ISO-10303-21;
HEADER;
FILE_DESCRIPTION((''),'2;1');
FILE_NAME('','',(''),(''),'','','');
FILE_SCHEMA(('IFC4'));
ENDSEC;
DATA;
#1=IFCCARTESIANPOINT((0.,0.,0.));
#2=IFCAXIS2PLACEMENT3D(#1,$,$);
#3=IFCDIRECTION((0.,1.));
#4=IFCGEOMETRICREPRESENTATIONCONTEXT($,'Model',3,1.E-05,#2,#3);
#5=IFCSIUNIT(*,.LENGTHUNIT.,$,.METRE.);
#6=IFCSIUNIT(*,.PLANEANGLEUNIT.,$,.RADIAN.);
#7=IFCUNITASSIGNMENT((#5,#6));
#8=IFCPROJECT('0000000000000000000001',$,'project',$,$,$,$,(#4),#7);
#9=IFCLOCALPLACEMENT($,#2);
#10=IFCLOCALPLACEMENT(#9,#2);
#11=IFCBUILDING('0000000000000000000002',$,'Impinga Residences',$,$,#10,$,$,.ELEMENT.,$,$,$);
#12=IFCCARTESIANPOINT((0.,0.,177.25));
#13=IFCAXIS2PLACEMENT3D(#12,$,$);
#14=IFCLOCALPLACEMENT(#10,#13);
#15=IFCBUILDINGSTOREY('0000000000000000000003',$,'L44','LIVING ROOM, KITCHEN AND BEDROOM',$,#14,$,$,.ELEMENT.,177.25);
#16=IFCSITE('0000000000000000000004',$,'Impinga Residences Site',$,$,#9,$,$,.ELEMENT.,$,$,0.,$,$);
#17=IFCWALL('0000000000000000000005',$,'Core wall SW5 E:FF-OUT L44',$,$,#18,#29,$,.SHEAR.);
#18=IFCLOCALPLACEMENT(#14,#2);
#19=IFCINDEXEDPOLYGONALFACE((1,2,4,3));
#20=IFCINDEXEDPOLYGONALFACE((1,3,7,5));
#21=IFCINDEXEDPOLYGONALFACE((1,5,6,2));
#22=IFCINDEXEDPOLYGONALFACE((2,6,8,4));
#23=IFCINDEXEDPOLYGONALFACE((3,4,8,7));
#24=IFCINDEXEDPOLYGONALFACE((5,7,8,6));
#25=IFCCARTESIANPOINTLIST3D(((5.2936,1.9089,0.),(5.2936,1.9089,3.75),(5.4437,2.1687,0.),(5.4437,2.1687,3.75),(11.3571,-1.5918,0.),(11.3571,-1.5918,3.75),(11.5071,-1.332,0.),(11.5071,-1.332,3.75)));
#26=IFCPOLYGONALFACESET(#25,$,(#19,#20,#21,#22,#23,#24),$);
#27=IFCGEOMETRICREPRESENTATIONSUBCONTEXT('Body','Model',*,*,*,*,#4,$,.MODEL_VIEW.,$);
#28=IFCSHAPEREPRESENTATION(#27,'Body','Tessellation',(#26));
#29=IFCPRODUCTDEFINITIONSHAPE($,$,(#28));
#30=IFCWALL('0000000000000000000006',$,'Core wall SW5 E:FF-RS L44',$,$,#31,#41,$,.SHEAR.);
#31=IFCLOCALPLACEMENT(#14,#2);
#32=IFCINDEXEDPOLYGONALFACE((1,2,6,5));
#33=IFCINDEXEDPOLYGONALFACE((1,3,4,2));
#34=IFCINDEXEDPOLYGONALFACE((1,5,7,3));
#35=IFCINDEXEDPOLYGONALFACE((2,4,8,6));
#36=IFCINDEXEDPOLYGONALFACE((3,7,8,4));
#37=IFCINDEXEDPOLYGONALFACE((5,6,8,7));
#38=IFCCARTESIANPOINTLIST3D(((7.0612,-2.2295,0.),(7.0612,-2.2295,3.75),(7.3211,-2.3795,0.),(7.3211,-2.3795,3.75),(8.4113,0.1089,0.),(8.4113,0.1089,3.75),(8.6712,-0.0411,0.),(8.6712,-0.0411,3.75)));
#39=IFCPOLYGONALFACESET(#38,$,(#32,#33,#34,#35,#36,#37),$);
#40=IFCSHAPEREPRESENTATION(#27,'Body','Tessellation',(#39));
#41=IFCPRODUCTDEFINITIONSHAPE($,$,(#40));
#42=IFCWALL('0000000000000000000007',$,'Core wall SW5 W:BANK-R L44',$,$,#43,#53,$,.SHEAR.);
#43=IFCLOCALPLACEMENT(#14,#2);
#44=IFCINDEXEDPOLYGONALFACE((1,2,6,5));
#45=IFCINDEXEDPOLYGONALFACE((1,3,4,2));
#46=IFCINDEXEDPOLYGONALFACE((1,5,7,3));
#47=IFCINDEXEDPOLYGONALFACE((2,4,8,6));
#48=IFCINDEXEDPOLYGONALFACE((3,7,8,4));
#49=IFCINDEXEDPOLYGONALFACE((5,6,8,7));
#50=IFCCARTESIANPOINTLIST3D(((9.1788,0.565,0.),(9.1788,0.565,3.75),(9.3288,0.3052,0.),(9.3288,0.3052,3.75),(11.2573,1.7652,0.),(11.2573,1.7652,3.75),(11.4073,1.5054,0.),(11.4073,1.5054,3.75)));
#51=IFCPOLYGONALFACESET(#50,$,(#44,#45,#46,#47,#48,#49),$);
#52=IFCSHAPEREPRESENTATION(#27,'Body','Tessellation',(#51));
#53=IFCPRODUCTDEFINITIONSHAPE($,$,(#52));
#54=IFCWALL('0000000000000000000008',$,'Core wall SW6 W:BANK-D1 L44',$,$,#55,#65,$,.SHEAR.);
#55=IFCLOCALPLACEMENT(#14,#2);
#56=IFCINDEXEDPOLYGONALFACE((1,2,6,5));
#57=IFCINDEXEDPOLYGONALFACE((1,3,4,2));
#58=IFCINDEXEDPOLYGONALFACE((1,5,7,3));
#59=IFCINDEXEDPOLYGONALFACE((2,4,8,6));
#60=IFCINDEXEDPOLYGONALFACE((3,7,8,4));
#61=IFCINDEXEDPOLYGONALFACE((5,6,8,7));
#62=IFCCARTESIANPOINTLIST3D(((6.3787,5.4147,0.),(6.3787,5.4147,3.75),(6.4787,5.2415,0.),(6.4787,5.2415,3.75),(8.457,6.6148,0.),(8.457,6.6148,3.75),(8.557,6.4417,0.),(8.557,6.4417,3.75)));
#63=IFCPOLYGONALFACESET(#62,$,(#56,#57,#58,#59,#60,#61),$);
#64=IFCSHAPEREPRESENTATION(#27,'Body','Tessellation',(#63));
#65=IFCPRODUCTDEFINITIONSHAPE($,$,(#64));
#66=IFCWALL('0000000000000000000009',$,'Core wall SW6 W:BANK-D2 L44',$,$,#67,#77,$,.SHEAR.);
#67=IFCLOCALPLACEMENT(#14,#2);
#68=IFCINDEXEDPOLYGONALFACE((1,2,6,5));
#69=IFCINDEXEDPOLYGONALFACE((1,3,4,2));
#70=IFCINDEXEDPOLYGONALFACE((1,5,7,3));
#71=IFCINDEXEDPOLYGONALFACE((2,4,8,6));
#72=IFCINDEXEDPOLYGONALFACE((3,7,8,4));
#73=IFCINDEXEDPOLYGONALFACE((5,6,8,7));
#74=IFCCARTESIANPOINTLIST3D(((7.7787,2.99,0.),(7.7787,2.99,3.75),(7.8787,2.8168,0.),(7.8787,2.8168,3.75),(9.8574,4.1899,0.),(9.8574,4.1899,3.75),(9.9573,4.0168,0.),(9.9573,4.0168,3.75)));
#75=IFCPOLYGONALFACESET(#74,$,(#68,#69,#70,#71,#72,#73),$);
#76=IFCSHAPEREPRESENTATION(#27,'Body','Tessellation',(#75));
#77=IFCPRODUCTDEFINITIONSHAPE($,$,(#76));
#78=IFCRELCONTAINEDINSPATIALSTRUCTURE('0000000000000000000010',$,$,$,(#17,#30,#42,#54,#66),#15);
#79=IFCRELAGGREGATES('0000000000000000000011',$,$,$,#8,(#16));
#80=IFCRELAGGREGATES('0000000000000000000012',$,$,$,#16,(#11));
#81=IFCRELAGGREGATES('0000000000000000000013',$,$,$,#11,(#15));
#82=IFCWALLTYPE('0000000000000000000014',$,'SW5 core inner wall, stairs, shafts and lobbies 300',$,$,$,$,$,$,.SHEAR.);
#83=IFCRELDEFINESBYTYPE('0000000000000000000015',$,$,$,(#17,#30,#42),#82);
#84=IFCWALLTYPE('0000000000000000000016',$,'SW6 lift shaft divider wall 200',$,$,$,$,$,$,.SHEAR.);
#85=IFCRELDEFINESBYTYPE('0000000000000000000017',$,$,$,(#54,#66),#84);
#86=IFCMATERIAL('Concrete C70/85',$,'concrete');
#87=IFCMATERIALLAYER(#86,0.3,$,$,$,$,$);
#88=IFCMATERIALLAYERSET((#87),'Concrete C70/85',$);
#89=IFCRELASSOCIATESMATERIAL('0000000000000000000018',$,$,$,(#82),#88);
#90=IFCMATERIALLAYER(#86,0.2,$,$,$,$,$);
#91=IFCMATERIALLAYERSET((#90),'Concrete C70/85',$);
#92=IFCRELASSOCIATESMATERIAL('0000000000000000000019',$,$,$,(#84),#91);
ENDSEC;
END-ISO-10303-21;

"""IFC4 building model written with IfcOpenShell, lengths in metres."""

from ifc_helpers import new_model, si_unit, direction, frame, frame_2d, origin, place, context, subcontext, project, spatial, rectangle, extrude, material, layer, layer_set, type_object, element, save


model = new_model("IFC4")

# Units and contexts
model_context = context("Model", 3, precision=1e-05, world=origin(), true_north=direction((0.0, 1.0)))
body_context = subcontext(model_context, "Body", "Model", "MODEL_VIEW")
ifc_project = project(units=[si_unit("LENGTHUNIT", "METRE"), si_unit("PLANEANGLEUNIT", "RADIAN")], contexts=[model_context])

# Site, building, storey
site_placement = place(None, origin())
site = spatial("IfcSite", under=ifc_project, at=site_placement, Name="Impinga Residences Site", CompositionType="ELEMENT", RefElevation=0.0)
building_placement = place(site_placement, origin())
building = spatial("IfcBuilding", under=site, at=building_placement, Name="Impinga Residences", CompositionType="ELEMENT")
storey_placement = place(building_placement, frame((0.0, 0.0, 177.25)))
storey = spatial("IfcBuildingStorey", under=building, at=storey_placement, Name="L44", Description="LIVING ROOM, KITCHEN AND BEDROOM", CompositionType="ELEMENT", Elevation=177.25)

# Shared definitions
ifc_material_1 = material(Name="Concrete C70/85", Category="concrete")
ifc_layer_1 = layer(ifc_material_1, 0.3)
ifc_layer_set_1 = layer_set([ifc_layer_1], Name="Concrete C70/85")
wall_type_1 = type_object("IfcWallType", Name="SW5 core inner wall, stairs, shafts and lobbies 300", PredefinedType="SHEAR", material=ifc_layer_set_1)

# Walls
wall_1_placement = place(storey_placement, frame((5.3687, 2.0388, 0.0), z_axis=(0.0, 0.0, 1.0), x_axis=(0.866026, -0.499998, 0.0)))
element("IfcWall", 1, at=wall_1_placement, inside=storey, type_object=wall_type_1, Name="Core wall SW5 E:FF-OUT L44", PredefinedType="SHEAR", context=body_context, shape_type="SweptSolid", body=[
    extrude(rectangle(XDim=7.0015, YDim=0.3, at=frame_2d((3.5007, 0.0))), origin(), (0.0, 0.0, 1.0), 3.75),
])
wall_2_placement = place(storey_placement, frame((8.5413, 0.0339, 0.0), z_axis=(0.0, 0.0, 1.0), x_axis=(-0.500009, -0.86602, 0.0)))
element("IfcWall", 2, at=wall_2_placement, inside=storey, type_object=wall_type_1, Name="Core wall SW5 E:FF-RS L44", PredefinedType="SHEAR", context=body_context, shape_type="SweptSolid", body=[
    extrude(rectangle(XDim=2.7002, YDim=0.3, at=frame_2d((1.3501, 0.0))), origin(), (0.0, 0.0, 1.0), 3.75),
])
wall_3_placement = place(storey_placement, frame((9.2537, 0.4351, 0.0), z_axis=(0.0, 0.0, 1.0), x_axis=(0.866006, 0.500034, 0.0)))
element("IfcWall", 3, at=wall_3_placement, inside=storey, type_object=wall_type_1, Name="Core wall SW5 W:BANK-R L44", PredefinedType="SHEAR", context=body_context, shape_type="SweptSolid", body=[
    extrude(rectangle(XDim=2.4001, YDim=0.3, at=frame_2d((1.2002, 0.0))), origin(), (0.0, 0.0, 1.0), 3.75),
])
ifc_layer_2 = layer(ifc_material_1, 0.2)
ifc_layer_set_2 = layer_set([ifc_layer_2], Name="Concrete C70/85")
wall_type_2 = type_object("IfcWallType", Name="SW6 lift shaft divider wall 200", PredefinedType="SHEAR", material=ifc_layer_set_2)
wall_4_placement = place(storey_placement, frame((6.4287, 5.3281, 0.0), z_axis=(0.0, 0.0, 1.0), x_axis=(0.865981, 0.500078, 0.0)))
element("IfcWall", 4, at=wall_4_placement, inside=storey, type_object=wall_type_2, Name="Core wall SW6 W:BANK-D1 L44", PredefinedType="SHEAR", context=body_context, shape_type="SweptSolid", body=[
    extrude(rectangle(XDim=2.3999, YDim=0.2, at=frame_2d((1.2, 0.0))), origin(), (0.0, 0.0, 1.0), 3.75),
])
wall_5_placement = place(storey_placement, frame((7.8286, 2.9033, 0.0), z_axis=(0.0, 0.0, 1.0), x_axis=(0.86605, 0.499957, 0.0)))
element("IfcWall", 5, at=wall_5_placement, inside=storey, type_object=wall_type_2, Name="Core wall SW6 W:BANK-D2 L44", PredefinedType="SHEAR", context=body_context, shape_type="SweptSolid", body=[
    extrude(rectangle(XDim=2.4001, YDim=0.2, at=frame_2d((1.2002, 0.0))), origin(), (0.0, 0.0, 1.0), 3.75),
])

save(model, "model.ifc")
